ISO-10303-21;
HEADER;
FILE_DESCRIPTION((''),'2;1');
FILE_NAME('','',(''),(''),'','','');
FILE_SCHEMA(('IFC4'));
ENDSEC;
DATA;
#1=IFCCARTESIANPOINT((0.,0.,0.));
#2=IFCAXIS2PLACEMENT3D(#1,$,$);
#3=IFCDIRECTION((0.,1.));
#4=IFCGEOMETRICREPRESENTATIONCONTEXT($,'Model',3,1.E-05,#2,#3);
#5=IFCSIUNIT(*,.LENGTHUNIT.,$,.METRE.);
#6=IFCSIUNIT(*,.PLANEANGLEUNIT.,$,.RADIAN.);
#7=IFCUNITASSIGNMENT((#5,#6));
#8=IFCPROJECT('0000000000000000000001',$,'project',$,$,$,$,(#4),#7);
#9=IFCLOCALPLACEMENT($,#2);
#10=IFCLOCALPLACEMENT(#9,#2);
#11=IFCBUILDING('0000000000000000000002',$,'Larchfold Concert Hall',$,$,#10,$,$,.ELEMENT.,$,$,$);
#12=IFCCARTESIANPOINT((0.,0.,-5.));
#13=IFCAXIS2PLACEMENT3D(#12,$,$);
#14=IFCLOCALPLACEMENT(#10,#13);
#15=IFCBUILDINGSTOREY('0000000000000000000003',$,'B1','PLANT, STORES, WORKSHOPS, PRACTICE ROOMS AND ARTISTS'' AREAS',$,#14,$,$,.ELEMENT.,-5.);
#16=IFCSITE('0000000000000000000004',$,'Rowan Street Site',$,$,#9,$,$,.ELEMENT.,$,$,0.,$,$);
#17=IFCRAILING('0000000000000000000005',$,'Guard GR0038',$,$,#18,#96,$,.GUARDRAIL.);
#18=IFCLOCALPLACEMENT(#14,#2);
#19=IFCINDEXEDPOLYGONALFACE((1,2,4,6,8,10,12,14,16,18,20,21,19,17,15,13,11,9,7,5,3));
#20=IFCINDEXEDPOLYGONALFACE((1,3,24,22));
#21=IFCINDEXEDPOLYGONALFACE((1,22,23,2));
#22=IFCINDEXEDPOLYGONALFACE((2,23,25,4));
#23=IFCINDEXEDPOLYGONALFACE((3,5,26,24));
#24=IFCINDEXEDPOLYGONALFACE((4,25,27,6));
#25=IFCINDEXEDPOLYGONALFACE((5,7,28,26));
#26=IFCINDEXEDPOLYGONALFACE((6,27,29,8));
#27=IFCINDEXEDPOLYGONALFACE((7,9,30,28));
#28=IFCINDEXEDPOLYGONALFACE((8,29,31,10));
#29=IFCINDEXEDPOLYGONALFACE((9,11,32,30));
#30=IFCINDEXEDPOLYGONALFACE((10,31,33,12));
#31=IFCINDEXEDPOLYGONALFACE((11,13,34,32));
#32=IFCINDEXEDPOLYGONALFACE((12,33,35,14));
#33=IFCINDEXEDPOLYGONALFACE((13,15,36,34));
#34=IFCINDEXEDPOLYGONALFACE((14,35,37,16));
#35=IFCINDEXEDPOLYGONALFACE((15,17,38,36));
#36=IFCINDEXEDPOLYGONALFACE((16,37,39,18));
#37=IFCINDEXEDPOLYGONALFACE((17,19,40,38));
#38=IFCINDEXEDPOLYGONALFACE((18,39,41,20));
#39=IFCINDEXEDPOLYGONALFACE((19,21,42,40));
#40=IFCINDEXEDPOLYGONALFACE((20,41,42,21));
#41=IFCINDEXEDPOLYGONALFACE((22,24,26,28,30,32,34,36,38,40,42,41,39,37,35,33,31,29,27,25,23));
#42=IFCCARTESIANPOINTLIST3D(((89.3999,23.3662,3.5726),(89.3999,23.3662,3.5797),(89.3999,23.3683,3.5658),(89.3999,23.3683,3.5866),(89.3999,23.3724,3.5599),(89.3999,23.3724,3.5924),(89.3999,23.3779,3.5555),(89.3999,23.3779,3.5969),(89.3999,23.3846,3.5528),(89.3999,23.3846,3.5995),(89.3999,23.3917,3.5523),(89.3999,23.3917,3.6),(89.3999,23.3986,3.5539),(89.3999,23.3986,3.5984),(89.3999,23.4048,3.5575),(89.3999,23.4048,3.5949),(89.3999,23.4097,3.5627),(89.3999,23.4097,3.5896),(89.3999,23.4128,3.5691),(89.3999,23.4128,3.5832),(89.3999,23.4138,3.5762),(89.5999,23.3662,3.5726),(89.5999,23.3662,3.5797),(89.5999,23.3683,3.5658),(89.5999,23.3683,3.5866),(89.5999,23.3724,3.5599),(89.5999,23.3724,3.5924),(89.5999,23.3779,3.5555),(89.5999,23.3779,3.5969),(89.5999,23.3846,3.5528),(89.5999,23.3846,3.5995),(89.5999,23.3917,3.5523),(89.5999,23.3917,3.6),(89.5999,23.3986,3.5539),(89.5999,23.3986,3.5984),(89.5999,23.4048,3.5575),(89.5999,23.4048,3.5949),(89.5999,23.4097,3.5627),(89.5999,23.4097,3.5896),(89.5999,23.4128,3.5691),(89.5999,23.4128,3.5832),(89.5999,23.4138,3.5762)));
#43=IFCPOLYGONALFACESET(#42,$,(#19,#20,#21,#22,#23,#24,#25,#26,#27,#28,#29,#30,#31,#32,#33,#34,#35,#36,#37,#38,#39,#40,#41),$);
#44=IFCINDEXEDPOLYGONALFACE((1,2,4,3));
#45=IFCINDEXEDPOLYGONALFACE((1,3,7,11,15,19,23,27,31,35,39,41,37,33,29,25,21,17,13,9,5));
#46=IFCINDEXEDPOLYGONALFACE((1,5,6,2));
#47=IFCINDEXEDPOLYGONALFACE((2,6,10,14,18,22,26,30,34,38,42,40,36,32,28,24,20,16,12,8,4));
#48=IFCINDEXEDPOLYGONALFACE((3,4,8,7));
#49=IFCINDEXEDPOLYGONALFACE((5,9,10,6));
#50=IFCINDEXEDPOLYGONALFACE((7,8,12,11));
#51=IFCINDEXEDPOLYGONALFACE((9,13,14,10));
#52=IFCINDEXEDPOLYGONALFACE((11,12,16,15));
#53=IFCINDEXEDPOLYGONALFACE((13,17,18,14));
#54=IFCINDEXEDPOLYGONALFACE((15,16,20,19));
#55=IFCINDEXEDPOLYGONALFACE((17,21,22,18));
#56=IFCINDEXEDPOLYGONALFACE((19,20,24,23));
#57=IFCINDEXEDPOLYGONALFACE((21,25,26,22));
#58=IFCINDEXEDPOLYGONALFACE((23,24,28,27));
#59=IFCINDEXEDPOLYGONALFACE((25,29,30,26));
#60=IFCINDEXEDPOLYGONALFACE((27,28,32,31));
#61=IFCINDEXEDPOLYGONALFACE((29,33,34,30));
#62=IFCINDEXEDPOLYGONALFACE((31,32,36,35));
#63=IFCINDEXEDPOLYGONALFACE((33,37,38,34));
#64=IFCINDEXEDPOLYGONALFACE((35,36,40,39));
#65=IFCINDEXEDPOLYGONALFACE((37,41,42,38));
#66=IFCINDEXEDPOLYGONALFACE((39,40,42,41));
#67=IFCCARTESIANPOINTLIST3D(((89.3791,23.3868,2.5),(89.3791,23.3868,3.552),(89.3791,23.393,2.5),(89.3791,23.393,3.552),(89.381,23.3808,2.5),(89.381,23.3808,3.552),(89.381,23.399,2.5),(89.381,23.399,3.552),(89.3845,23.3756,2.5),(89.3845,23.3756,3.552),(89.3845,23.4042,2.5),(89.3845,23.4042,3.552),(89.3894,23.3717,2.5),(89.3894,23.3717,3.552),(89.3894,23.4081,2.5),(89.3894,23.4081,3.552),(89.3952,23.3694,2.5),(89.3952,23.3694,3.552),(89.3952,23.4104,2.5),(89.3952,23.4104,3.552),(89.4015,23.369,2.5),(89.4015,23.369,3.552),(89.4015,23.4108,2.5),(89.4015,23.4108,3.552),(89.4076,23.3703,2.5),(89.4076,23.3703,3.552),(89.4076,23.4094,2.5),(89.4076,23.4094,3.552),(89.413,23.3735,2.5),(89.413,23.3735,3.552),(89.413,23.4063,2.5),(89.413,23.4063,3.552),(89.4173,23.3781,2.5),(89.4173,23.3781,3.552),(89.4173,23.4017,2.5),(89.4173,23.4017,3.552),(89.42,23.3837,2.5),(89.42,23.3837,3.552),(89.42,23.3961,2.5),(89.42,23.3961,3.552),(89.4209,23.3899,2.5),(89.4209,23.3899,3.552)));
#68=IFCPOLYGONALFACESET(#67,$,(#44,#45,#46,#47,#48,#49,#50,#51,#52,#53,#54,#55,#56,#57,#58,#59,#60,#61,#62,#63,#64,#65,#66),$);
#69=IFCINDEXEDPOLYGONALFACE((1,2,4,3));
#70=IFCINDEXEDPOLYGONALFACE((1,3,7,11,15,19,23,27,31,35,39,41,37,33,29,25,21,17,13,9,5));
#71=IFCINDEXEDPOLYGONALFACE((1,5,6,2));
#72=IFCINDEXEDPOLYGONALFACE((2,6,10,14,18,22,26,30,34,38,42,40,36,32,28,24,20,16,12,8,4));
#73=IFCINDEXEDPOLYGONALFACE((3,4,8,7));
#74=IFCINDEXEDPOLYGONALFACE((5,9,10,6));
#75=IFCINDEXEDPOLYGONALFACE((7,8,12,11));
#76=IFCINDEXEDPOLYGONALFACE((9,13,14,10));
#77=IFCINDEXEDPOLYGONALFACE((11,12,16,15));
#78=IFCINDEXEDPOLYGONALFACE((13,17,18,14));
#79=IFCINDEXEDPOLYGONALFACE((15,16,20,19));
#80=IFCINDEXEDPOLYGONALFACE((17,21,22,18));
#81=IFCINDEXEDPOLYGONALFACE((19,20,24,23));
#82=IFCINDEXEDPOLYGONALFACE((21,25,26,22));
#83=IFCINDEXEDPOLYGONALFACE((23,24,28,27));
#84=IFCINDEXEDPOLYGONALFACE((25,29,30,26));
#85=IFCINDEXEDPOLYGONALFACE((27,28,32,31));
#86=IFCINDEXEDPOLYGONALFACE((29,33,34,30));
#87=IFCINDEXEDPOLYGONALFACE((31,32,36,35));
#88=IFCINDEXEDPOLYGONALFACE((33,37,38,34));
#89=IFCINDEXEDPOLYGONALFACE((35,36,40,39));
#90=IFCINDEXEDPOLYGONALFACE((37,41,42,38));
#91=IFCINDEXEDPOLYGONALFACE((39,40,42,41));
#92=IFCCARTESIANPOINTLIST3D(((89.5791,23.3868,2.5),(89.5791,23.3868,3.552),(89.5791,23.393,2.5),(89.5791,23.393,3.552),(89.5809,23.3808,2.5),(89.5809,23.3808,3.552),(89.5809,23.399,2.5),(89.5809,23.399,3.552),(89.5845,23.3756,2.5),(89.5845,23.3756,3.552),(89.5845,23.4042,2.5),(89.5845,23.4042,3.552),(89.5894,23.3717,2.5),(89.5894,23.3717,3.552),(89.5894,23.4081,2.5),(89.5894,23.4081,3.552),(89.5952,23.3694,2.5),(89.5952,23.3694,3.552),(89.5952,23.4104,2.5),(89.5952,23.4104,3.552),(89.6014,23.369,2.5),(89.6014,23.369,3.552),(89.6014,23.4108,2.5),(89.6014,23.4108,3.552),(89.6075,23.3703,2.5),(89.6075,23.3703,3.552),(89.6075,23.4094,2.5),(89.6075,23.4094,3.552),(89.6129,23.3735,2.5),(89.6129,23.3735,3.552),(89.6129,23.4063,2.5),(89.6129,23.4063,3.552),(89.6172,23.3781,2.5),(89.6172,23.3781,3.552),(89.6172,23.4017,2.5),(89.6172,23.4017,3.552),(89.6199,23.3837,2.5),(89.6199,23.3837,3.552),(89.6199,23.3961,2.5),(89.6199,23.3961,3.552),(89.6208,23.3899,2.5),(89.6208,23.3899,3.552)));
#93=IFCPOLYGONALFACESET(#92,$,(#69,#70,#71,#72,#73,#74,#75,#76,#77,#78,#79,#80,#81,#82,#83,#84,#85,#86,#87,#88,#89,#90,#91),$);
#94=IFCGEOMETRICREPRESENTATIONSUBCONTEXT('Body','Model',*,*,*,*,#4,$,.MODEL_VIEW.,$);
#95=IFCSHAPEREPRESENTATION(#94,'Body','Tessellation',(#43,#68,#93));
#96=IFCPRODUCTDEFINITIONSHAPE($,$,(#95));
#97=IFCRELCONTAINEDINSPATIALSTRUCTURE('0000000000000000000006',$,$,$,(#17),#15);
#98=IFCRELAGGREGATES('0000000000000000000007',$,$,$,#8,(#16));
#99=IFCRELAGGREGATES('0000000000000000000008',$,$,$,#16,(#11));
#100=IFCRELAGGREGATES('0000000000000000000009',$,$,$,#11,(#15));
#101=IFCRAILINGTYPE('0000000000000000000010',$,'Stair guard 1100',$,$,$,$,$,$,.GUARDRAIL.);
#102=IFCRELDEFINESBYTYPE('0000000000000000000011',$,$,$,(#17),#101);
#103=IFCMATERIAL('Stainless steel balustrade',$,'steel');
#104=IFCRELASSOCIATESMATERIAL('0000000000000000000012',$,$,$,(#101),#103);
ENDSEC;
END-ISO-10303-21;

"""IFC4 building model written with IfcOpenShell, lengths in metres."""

from ifc_helpers import new_model, si_unit, direction, frame, origin, origin_2d, place, context, subcontext, project, spatial, circle, extrude, material, type_object, element, save


model = new_model("IFC4")

# Units and contexts
model_context = context("Model", 3, precision=1e-05, world=origin(), true_north=direction((0.0, 1.0)))
body_context = subcontext(model_context, "Body", "Model", "MODEL_VIEW")
ifc_project = project(units=[si_unit("LENGTHUNIT", "METRE"), si_unit("PLANEANGLEUNIT", "RADIAN")], contexts=[model_context])

# Site, building, storey
site_placement = place(None, origin())
site = spatial("IfcSite", under=ifc_project, at=site_placement, Name="Rowan Street Site", CompositionType="ELEMENT", RefElevation=0.0)
building_placement = place(site_placement, origin())
building = spatial("IfcBuilding", under=site, at=building_placement, Name="Larchfold Concert Hall", CompositionType="ELEMENT")
storey_placement = place(building_placement, frame((0.0, 0.0, -5.0)))
storey = spatial("IfcBuildingStorey", under=building, at=storey_placement, Name="B1", Description="PLANT, STORES, WORKSHOPS, PRACTICE ROOMS AND ARTISTS' AREAS", CompositionType="ELEMENT", Elevation=-5.0)

# Railing
ifc_material_1 = material(Name="Stainless steel balustrade", Category="steel")
railing_type_1 = type_object("IfcRailingType", Name="Stair guard 1100", PredefinedType="GUARDRAIL", material=ifc_material_1)
railing_1_placement = place(storey_placement, frame((89.3999, 23.3899, 2.5)))
element("IfcRailing", 1, at=railing_1_placement, inside=storey, type_object=railing_type_1, Name="Guard GR0038", PredefinedType="GUARDRAIL", context=body_context, shape_type="SweptSolid", body=[
    extrude(circle(Radius=0.0239, at=origin_2d()), frame((0.0, 0.0, 1.0762), z_axis=(1.0, 0.0, 0.0), x_axis=(0.0, 1.0, 0.0)), (0.0, 0.0, 1.0), 0.2),
    extrude(circle(Radius=0.021, at=origin_2d()), origin(), (0.0, 0.0, 1.0), 1.052),
    extrude(circle(Radius=0.021, at=origin_2d()), frame((0.2, 0.0, 0.0)), (0.0, 0.0, 1.0), 1.052),
])

save(model, "model.ifc")
